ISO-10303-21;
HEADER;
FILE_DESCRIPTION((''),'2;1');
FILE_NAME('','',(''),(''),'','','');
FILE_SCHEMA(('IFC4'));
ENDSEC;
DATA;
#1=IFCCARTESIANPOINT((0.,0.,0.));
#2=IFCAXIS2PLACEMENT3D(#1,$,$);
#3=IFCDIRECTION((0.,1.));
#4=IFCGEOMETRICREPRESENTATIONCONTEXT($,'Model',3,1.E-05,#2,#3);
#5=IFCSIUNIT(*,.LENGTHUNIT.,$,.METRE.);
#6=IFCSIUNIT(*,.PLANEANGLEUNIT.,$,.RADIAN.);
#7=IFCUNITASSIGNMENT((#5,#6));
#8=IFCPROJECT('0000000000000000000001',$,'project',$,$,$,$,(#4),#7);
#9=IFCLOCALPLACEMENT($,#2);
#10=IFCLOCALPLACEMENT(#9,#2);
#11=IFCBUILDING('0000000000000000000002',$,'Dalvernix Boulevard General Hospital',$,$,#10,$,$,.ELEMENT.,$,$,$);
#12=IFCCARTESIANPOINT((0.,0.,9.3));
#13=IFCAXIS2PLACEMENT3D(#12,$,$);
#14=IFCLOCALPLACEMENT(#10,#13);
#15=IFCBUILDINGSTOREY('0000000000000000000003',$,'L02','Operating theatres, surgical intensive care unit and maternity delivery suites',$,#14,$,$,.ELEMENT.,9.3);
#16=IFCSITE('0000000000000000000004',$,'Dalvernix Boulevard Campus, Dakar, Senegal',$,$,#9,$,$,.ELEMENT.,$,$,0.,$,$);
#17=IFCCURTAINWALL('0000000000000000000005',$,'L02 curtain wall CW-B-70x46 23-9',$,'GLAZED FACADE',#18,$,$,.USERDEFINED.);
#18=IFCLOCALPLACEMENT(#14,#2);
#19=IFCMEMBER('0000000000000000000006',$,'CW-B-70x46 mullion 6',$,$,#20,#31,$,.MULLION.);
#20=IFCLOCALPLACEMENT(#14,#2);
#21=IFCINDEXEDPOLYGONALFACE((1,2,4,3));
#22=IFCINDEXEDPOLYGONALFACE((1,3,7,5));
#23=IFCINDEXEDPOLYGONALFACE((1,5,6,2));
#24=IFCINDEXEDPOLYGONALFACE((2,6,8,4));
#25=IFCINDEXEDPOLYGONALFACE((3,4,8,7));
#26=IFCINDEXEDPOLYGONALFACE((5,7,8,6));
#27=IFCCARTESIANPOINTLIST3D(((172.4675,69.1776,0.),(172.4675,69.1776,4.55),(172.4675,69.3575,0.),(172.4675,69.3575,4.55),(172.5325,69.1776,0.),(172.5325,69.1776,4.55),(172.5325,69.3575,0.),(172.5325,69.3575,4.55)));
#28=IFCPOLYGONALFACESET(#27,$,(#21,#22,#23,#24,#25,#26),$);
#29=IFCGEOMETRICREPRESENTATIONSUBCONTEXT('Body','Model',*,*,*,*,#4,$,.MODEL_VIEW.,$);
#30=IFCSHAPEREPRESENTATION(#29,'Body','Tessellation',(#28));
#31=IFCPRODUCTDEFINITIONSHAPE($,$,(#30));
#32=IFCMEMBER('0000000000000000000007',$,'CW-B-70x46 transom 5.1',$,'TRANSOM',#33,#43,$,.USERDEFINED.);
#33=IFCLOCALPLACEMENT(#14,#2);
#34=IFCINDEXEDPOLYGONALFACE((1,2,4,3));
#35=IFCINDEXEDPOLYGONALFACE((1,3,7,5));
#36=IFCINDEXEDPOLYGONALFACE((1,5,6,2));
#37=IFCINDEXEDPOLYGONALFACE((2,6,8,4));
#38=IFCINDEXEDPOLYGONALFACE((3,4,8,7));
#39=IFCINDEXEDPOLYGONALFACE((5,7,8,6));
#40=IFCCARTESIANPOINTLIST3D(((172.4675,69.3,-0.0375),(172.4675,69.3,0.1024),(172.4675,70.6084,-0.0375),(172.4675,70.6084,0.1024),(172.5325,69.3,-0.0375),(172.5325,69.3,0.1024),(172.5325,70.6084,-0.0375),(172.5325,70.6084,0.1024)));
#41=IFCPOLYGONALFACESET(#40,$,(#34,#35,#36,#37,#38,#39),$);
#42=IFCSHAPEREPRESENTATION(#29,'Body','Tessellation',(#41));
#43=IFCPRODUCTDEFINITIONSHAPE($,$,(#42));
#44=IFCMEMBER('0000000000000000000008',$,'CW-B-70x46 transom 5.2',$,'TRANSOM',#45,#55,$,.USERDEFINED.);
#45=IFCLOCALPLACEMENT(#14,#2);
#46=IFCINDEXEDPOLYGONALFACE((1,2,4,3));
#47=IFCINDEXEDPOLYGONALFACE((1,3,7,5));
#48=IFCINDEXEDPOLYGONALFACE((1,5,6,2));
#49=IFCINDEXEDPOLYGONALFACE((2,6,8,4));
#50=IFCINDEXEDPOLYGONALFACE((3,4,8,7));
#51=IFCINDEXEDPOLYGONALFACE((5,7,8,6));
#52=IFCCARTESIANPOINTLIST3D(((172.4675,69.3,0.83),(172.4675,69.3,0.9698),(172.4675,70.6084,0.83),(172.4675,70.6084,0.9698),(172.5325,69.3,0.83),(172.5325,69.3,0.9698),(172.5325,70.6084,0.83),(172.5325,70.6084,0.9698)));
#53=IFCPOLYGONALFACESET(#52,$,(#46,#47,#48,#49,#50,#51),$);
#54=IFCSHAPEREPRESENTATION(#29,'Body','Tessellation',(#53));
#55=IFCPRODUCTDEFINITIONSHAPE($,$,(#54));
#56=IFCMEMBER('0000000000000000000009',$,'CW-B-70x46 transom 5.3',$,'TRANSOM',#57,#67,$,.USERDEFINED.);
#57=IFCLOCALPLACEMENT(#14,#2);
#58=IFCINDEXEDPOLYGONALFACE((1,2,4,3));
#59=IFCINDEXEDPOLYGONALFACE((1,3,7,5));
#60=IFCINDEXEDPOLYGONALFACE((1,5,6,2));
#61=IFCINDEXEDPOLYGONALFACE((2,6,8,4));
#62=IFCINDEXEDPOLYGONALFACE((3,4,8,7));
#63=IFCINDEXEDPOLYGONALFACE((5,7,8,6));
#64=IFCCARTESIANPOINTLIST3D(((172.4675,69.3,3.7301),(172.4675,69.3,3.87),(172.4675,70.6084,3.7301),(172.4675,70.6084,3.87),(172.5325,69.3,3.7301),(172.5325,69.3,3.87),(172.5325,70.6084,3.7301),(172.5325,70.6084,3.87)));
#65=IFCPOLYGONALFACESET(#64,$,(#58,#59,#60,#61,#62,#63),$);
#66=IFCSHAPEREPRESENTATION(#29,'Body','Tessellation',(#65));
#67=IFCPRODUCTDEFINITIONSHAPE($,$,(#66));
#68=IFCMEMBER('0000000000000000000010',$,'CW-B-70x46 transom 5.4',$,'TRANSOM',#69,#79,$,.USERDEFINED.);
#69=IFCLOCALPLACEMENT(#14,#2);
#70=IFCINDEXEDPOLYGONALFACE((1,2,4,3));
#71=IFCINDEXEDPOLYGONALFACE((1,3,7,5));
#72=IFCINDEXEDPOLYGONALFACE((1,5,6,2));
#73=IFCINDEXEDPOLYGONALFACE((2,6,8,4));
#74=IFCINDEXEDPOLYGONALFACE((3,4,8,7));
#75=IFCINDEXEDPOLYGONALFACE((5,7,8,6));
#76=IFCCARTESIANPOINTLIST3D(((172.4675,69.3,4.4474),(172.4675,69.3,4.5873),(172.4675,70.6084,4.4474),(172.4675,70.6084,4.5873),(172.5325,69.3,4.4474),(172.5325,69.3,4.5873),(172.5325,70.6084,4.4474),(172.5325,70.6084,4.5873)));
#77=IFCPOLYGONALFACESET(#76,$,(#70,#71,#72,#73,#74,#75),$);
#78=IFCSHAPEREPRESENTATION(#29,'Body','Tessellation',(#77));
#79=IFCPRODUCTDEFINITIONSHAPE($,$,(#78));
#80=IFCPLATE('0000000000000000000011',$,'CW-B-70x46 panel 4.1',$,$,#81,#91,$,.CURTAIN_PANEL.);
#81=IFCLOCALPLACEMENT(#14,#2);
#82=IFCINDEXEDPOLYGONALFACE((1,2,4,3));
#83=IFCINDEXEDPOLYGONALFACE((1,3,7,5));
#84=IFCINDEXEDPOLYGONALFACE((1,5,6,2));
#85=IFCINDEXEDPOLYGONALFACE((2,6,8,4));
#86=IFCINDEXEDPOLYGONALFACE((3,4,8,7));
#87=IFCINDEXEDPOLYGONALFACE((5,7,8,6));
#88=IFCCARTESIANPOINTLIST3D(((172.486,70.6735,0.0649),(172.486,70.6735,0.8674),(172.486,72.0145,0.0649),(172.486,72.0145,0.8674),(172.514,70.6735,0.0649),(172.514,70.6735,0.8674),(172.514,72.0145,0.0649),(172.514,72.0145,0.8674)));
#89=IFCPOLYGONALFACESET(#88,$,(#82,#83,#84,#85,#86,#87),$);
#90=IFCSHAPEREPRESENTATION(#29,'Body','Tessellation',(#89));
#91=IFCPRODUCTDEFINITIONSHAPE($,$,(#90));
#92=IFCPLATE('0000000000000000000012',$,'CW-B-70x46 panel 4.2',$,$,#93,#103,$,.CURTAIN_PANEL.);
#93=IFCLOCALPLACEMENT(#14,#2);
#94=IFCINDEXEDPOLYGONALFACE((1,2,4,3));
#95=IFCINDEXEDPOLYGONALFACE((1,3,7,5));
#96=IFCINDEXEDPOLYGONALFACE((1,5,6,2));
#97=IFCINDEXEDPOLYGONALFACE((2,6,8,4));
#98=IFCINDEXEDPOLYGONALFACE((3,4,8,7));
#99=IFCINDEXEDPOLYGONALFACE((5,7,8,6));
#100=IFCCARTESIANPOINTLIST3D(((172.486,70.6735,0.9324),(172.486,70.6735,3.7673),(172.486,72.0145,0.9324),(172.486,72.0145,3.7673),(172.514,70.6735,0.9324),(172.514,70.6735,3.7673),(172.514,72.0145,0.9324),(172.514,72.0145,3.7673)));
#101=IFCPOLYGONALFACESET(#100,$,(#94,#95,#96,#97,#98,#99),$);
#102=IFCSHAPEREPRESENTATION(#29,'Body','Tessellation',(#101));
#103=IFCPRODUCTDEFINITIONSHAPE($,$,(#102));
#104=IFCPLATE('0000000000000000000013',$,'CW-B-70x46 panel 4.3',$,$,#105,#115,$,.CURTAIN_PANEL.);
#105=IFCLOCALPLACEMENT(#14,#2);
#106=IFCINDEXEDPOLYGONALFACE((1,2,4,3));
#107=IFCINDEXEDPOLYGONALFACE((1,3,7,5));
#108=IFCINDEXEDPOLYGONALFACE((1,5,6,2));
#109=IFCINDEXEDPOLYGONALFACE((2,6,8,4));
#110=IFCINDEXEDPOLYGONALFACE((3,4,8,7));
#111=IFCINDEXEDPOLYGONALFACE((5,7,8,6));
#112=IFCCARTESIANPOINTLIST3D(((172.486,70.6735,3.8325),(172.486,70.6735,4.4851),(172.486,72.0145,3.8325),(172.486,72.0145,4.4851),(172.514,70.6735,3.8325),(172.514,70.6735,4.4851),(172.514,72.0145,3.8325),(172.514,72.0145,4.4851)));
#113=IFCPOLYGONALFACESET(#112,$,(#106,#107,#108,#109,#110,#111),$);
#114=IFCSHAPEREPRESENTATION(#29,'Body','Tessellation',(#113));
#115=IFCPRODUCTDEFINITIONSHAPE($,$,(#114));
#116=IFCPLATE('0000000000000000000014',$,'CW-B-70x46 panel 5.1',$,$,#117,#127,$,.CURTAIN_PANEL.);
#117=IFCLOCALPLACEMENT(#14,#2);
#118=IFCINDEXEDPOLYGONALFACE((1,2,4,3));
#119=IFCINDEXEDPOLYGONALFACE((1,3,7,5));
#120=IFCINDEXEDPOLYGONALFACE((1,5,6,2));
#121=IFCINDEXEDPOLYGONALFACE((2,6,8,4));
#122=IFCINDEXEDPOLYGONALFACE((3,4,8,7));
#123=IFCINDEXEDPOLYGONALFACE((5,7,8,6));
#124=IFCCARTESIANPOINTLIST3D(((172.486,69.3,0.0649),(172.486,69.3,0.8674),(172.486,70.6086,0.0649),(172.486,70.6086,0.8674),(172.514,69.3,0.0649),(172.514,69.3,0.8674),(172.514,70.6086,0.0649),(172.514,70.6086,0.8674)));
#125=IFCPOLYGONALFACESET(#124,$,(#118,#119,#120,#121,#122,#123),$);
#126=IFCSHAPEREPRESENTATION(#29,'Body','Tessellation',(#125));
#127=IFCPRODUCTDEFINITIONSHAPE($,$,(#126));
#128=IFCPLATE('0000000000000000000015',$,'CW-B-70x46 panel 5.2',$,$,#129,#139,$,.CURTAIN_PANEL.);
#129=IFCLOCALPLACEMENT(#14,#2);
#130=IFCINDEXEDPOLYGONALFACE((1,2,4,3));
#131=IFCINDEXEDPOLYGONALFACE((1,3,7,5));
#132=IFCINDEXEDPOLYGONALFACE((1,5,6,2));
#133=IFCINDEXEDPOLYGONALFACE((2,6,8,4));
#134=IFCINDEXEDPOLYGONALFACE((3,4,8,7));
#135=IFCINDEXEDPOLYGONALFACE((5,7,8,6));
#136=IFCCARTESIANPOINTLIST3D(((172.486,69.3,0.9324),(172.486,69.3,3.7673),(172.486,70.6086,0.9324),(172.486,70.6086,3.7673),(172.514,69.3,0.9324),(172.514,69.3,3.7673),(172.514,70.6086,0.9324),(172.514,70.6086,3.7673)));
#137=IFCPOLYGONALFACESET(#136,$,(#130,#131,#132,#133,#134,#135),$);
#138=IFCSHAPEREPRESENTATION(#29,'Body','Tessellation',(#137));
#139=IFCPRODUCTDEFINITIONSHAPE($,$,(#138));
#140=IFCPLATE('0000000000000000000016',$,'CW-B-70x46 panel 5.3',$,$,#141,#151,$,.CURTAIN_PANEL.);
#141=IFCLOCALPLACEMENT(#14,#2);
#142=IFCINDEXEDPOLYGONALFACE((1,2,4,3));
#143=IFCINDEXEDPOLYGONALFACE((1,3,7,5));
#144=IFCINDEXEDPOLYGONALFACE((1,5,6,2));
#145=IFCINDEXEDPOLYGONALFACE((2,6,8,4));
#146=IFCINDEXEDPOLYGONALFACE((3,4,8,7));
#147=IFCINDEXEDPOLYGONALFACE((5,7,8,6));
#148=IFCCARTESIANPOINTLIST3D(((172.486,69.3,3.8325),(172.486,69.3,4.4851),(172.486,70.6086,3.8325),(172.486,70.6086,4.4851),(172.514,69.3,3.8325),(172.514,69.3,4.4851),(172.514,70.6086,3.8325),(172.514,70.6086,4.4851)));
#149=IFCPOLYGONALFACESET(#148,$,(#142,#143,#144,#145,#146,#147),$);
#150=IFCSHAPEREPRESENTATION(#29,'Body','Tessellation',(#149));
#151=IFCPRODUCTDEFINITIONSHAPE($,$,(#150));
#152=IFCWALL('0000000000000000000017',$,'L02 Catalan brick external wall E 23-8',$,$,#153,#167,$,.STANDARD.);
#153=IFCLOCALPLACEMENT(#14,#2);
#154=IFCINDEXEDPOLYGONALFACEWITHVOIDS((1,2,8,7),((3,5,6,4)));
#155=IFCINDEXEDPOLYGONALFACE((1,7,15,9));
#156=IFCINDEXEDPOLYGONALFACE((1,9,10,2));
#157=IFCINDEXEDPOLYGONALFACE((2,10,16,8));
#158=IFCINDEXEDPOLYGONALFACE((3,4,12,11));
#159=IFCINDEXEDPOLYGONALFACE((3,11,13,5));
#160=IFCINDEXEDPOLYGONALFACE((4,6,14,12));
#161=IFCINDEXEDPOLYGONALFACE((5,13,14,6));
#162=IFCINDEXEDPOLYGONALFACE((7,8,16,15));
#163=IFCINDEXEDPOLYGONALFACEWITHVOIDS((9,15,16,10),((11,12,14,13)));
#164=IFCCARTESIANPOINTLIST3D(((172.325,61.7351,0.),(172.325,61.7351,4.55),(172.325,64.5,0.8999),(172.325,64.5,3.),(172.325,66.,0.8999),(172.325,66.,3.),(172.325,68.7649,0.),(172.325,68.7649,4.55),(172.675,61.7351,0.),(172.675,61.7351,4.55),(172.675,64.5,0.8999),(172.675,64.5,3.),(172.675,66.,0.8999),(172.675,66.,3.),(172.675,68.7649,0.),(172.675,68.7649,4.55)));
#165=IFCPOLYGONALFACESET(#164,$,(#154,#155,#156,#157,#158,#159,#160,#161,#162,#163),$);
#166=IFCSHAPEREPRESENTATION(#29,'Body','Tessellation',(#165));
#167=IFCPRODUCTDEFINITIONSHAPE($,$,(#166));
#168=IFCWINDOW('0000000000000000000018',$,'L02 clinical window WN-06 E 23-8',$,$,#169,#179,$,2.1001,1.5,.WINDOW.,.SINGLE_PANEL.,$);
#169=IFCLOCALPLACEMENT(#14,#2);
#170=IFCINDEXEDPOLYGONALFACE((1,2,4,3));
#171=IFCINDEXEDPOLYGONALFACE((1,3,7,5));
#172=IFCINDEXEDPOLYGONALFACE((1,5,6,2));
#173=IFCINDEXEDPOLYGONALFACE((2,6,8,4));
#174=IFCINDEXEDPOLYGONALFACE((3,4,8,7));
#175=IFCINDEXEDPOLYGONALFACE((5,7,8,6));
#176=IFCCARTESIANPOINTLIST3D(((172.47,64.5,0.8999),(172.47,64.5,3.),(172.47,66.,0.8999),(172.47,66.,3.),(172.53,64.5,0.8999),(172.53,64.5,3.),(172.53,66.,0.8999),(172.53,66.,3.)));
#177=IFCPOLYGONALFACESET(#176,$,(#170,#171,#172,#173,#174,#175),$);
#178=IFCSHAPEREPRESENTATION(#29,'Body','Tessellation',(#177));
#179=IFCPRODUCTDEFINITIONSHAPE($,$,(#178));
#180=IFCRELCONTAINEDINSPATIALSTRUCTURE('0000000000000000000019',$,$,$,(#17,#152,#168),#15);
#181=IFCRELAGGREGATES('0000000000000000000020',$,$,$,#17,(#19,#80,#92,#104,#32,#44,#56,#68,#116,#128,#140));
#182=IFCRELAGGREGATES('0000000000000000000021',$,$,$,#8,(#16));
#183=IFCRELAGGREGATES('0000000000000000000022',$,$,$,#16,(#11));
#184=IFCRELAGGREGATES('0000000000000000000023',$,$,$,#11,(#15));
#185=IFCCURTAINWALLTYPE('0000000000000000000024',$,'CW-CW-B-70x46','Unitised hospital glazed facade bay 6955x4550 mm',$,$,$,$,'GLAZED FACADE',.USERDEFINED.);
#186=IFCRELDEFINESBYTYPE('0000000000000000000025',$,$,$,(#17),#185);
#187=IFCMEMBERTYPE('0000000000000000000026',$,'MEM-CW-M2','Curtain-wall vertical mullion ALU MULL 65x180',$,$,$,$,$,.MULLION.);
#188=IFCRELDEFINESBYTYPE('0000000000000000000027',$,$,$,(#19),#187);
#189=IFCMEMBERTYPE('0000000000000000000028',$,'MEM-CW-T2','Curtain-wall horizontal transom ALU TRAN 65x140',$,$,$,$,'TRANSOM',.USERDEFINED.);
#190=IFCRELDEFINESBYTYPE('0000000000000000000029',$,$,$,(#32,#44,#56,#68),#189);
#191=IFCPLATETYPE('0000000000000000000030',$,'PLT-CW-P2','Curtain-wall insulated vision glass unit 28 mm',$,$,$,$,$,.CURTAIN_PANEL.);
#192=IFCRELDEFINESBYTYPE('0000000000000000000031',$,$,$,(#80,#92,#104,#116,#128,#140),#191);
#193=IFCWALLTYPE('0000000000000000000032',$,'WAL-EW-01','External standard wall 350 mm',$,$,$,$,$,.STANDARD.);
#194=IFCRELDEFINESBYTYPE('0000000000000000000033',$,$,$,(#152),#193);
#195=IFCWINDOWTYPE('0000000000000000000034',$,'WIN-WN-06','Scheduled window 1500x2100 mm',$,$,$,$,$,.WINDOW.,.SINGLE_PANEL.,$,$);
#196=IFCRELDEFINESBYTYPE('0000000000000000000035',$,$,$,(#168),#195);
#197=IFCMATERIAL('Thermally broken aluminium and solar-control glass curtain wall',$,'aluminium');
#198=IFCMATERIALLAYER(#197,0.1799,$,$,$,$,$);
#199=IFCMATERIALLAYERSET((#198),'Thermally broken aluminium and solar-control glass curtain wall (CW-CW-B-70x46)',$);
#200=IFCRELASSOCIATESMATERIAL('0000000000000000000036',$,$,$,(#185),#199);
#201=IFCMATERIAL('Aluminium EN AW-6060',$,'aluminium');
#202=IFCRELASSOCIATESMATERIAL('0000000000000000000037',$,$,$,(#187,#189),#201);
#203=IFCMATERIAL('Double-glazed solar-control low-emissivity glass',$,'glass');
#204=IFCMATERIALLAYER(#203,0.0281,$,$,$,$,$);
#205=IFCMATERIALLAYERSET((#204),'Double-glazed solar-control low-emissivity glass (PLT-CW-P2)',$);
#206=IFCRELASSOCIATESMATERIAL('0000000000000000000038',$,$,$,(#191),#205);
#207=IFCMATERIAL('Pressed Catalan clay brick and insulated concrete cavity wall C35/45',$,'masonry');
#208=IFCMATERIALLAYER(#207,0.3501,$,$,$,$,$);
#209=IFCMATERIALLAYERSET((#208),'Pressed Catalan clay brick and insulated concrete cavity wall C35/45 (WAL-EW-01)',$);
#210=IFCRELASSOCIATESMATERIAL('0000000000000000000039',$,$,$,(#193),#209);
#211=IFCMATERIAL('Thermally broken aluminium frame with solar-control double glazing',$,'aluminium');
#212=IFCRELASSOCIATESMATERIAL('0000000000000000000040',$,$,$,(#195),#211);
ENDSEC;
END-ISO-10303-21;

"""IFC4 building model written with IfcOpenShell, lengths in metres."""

from ifc_helpers import new_model, si_unit, direction, frame, frame_2d, origin, origin_2d, place, context, subcontext, project, spatial, rectangle, extrude, material, layer, layer_set, material_profile, profile_set, type_object, element, fill, aggregate, save


model = new_model("IFC4")

# Units and contexts
model_context = context("Model", 3, precision=1e-05, world=origin(), true_north=direction((0.0, 1.0)))
body_context = subcontext(model_context, "Body", "Model", "MODEL_VIEW")
ifc_project = project(units=[si_unit("LENGTHUNIT", "METRE"), si_unit("PLANEANGLEUNIT", "RADIAN")], contexts=[model_context])

# Site, building, storey
site_placement = place(None, origin())
site = spatial("IfcSite", under=ifc_project, at=site_placement, Name="Dalvernix Boulevard Campus, Dakar, Senegal", CompositionType="ELEMENT", RefElevation=0.0)
building_placement = place(site_placement, origin())
building = spatial("IfcBuilding", under=site, at=building_placement, Name="Dalvernix Boulevard General Hospital", CompositionType="ELEMENT")
storey_placement = place(building_placement, frame((0.0, 0.0, 9.3)))
storey = spatial("IfcBuildingStorey", under=building, at=storey_placement, Name="L02", Description="Operating theatres, surgical intensive care unit and maternity delivery suites", CompositionType="ELEMENT", Elevation=9.3)

# Curtain wall, members, plates
ifc_material_1 = material(Name="Thermally broken aluminium and solar-control glass curtain wall", Category="aluminium")
ifc_layer_1 = layer(ifc_material_1, 0.1799)
ifc_layer_set_1 = layer_set([ifc_layer_1], Name="Thermally broken aluminium and solar-control glass curtain wall (CW-CW-B-70x46)")
curtain_wall_type = type_object("IfcCurtainWallType", Name="CW-CW-B-70x46", Description="Unitised hospital glazed facade bay 6955x4550 mm", ElementType="GLAZED FACADE", PredefinedType="USERDEFINED", material=ifc_layer_set_1)
curtain_wall_placement = place(storey_placement, origin())
curtain_wall = element("IfcCurtainWall", 1, at=curtain_wall_placement, inside=storey, type_object=curtain_wall_type, Name="L02 curtain wall CW-B-70x46 23-9", ObjectType="GLAZED FACADE", PredefinedType="USERDEFINED")
ifc_material_2 = material(Name="Aluminium EN AW-6060", Category="aluminium")
ifc_material_profile_1 = material_profile(ifc_material_2, rectangle(XDim=0.0649, YDim=0.1799, at=origin_2d()), Name="ALU MULL 65x180")
ifc_profile_set_1 = profile_set([ifc_material_profile_1], Name="Aluminium EN AW-6060")
member_type_1 = type_object("IfcMemberType", Name="MEM-CW-M2", Description="Curtain-wall vertical mullion ALU MULL 65x180", PredefinedType="MULLION", material=ifc_profile_set_1)
member_1_placement = place(storey_placement, frame((172.5, 69.2676, 0.0), z_axis=(0.0, 0.0, 1.0), x_axis=(1.0, 0.0, 0.0)))
member_1 = element("IfcMember", 2, at=member_1_placement, type_object=member_type_1, Name="CW-B-70x46 mullion 6", PredefinedType="MULLION", context=body_context, shape_type="SweptSolid", body=[
    extrude(rectangle(XDim=0.0649, YDim=0.1799, at=origin_2d()), origin(), (0.0, 0.0, 1.0), 4.55),
])
ifc_material_profile_2 = material_profile(ifc_material_2, rectangle(XDim=0.0649, YDim=0.1399, at=origin_2d()), Name="ALU TRAN 65x140")
ifc_profile_set_2 = profile_set([ifc_material_profile_2], Name="Aluminium EN AW-6060")
member_type_2 = type_object("IfcMemberType", Name="MEM-CW-T2", Description="Curtain-wall horizontal transom ALU TRAN 65x140", ElementType="TRANSOM", PredefinedType="USERDEFINED", material=ifc_profile_set_2)
member_2_placement = place(storey_placement, frame((172.5, 70.6084, 0.0325), z_axis=(0.0, -1.0, 0.0), x_axis=(1.0, 0.0, 0.0)))
member_2 = element("IfcMember", 3, at=member_2_placement, type_object=member_type_2, Name="CW-B-70x46 transom 5.1", ObjectType="TRANSOM", PredefinedType="USERDEFINED", context=body_context, shape_type="SweptSolid", body=[
    extrude(rectangle(XDim=0.0649, YDim=0.1399, at=origin_2d()), origin(), (0.0, 0.0, 1.0), 1.3083),
])
member_3_placement = place(storey_placement, frame((172.5, 70.6084, 0.8999), z_axis=(0.0, -1.0, 0.0), x_axis=(1.0, 0.0, 0.0)))
member_3 = element("IfcMember", 4, at=member_3_placement, type_object=member_type_2, Name="CW-B-70x46 transom 5.2", ObjectType="TRANSOM", PredefinedType="USERDEFINED", context=body_context, shape_type="SweptSolid", body=[
    extrude(rectangle(XDim=0.0649, YDim=0.1399, at=origin_2d()), origin(), (0.0, 0.0, 1.0), 1.3083),
])
member_4_placement = place(storey_placement, frame((172.5, 70.6084, 3.8), z_axis=(0.0, -1.0, 0.0), x_axis=(1.0, 0.0, 0.0)))
member_4 = element("IfcMember", 5, at=member_4_placement, type_object=member_type_2, Name="CW-B-70x46 transom 5.3", ObjectType="TRANSOM", PredefinedType="USERDEFINED", context=body_context, shape_type="SweptSolid", body=[
    extrude(rectangle(XDim=0.0649, YDim=0.1399, at=origin_2d()), origin(), (0.0, 0.0, 1.0), 1.3083),
])
member_5_placement = place(storey_placement, frame((172.5, 70.6084, 4.5173), z_axis=(0.0, -1.0, 0.0), x_axis=(1.0, 0.0, 0.0)))
member_5 = element("IfcMember", 6, at=member_5_placement, type_object=member_type_2, Name="CW-B-70x46 transom 5.4", ObjectType="TRANSOM", PredefinedType="USERDEFINED", context=body_context, shape_type="SweptSolid", body=[
    extrude(rectangle(XDim=0.0649, YDim=0.1399, at=origin_2d()), origin(), (0.0, 0.0, 1.0), 1.3083),
])
ifc_material_3 = material(Name="Double-glazed solar-control low-emissivity glass", Category="glass")
ifc_layer_2 = layer(ifc_material_3, 0.0281)
ifc_layer_set_2 = layer_set([ifc_layer_2], Name="Double-glazed solar-control low-emissivity glass (PLT-CW-P2)")
plate_type = type_object("IfcPlateType", Name="PLT-CW-P2", Description="Curtain-wall insulated vision glass unit 28 mm", PredefinedType="CURTAIN_PANEL", material=ifc_layer_set_2)
plate_1_placement = place(storey_placement, frame((172.5, 71.344, 0.0649), z_axis=(0.0, 0.0, 1.0), x_axis=(0.0, -1.0, 0.0)))
plate_1 = element("IfcPlate", 7, at=plate_1_placement, type_object=plate_type, Name="CW-B-70x46 panel 4.1", PredefinedType="CURTAIN_PANEL", context=body_context, shape_type="SweptSolid", body=[
    extrude(rectangle(XDim=1.3411, YDim=0.0281, at=origin_2d()), origin(), (0.0, 0.0, 1.0), 0.8025),
])
plate_2_placement = place(storey_placement, frame((172.5, 71.344, 0.9324), z_axis=(0.0, 0.0, 1.0), x_axis=(0.0, -1.0, 0.0)))
plate_2 = element("IfcPlate", 8, at=plate_2_placement, type_object=plate_type, Name="CW-B-70x46 panel 4.2", PredefinedType="CURTAIN_PANEL", context=body_context, shape_type="SweptSolid", body=[
    extrude(rectangle(XDim=1.3411, YDim=0.0281, at=origin_2d()), origin(), (0.0, 0.0, 1.0), 2.835),
])
plate_3_placement = place(storey_placement, frame((172.5, 71.344, 3.8325), z_axis=(0.0, 0.0, 1.0), x_axis=(0.0, -1.0, 0.0)))
plate_3 = element("IfcPlate", 9, at=plate_3_placement, type_object=plate_type, Name="CW-B-70x46 panel 4.3", PredefinedType="CURTAIN_PANEL", context=body_context, shape_type="SweptSolid", body=[
    extrude(rectangle(XDim=1.3411, YDim=0.0281, at=origin_2d()), origin(), (0.0, 0.0, 1.0), 0.6526),
])
plate_4_placement = place(storey_placement, frame((172.5, 69.9543, 0.0649), z_axis=(0.0, 0.0, 1.0), x_axis=(0.0, -1.0, 0.0)))
plate_4 = element("IfcPlate", 10, at=plate_4_placement, type_object=plate_type, Name="CW-B-70x46 panel 5.1", PredefinedType="CURTAIN_PANEL", context=body_context, shape_type="SweptSolid", body=[
    extrude(rectangle(XDim=1.3086, YDim=0.0281, at=origin_2d()), origin(), (0.0, 0.0, 1.0), 0.8025),
])
plate_5_placement = place(storey_placement, frame((172.5, 69.9543, 0.9324), z_axis=(0.0, 0.0, 1.0), x_axis=(0.0, -1.0, 0.0)))
plate_5 = element("IfcPlate", 11, at=plate_5_placement, type_object=plate_type, Name="CW-B-70x46 panel 5.2", PredefinedType="CURTAIN_PANEL", context=body_context, shape_type="SweptSolid", body=[
    extrude(rectangle(XDim=1.3086, YDim=0.0281, at=origin_2d()), origin(), (0.0, 0.0, 1.0), 2.835),
])
plate_6_placement = place(storey_placement, frame((172.5, 69.9543, 3.8325), z_axis=(0.0, 0.0, 1.0), x_axis=(0.0, -1.0, 0.0)))
plate_6 = element("IfcPlate", 12, at=plate_6_placement, type_object=plate_type, Name="CW-B-70x46 panel 5.3", PredefinedType="CURTAIN_PANEL", context=body_context, shape_type="SweptSolid", body=[
    extrude(rectangle(XDim=1.3086, YDim=0.0281, at=origin_2d()), origin(), (0.0, 0.0, 1.0), 0.6526),
])
aggregate(curtain_wall, [member_1, plate_1, plate_2, plate_3, member_2, member_3, member_4, member_5, plate_4, plate_5, plate_6])

# Wall, opening, window
ifc_material_4 = material(Name="Pressed Catalan clay brick and insulated concrete cavity wall C35/45", Category="masonry")
ifc_layer_3 = layer(ifc_material_4, 0.3501)
ifc_layer_set_3 = layer_set([ifc_layer_3], Name="Pressed Catalan clay brick and insulated concrete cavity wall C35/45 (WAL-EW-01)")
wall_type = type_object("IfcWallType", Name="WAL-EW-01", Description="External standard wall 350 mm", PredefinedType="STANDARD", material=ifc_layer_set_3)
wall_placement = place(storey_placement, frame((172.5, 68.7649, 0.0), z_axis=(0.0, 0.0, 1.0), x_axis=(0.0, -1.0, 0.0)))
wall = element("IfcWall", 13, at=wall_placement, inside=storey, type_object=wall_type, Name="L02 Catalan brick external wall E 23-8", PredefinedType="STANDARD", context=body_context, shape_type="SweptSolid", body=[
    extrude(rectangle(XDim=7.0298, YDim=0.3501, at=frame_2d((3.5149, 0.0))), origin(), (0.0, 0.0, 1.0), 4.55),
])
opening_placement = place(wall_placement, frame((2.7649, 0.0, 0.8999)))
opening = element("IfcOpeningElement", 14, at=opening_placement, cuts=wall, PredefinedType="OPENING", context=body_context, shape_type="SweptSolid", body=[
    extrude(rectangle(XDim=1.5, YDim=2.1001, at=frame_2d((0.75, 1.05))), frame((0.0, 0.1851, 0.0), z_axis=(0.0, -1.0, 0.0), x_axis=(1.0, 0.0, 0.0)), (0.0, 0.0, 1.0), 0.3701),
])
ifc_material_5 = material(Name="Thermally broken aluminium frame with solar-control double glazing", Category="aluminium")
window_type = type_object("IfcWindowType", Name="WIN-WN-06", Description="Scheduled window 1500x2100 mm", PartitioningType="SINGLE_PANEL", PredefinedType="WINDOW", material=ifc_material_5)
window_placement = place(opening_placement, origin())
window = element("IfcWindow", 15, at=window_placement, inside=storey, type_object=window_type, Name="L02 clinical window WN-06 E 23-8", OverallHeight=2.1001, OverallWidth=1.5, PartitioningType="SINGLE_PANEL", PredefinedType="WINDOW", context=body_context, shape_type="SweptSolid", body=[
    extrude(rectangle(XDim=1.5, YDim=2.1001, at=frame_2d((0.75, 1.05))), frame((0.0, 0.03, 0.0), z_axis=(0.0, -1.0, 0.0), x_axis=(1.0, 0.0, 0.0)), (0.0, 0.0, 1.0), 0.0601),
])
fill(opening, window)

save(model, "model.ifc")
